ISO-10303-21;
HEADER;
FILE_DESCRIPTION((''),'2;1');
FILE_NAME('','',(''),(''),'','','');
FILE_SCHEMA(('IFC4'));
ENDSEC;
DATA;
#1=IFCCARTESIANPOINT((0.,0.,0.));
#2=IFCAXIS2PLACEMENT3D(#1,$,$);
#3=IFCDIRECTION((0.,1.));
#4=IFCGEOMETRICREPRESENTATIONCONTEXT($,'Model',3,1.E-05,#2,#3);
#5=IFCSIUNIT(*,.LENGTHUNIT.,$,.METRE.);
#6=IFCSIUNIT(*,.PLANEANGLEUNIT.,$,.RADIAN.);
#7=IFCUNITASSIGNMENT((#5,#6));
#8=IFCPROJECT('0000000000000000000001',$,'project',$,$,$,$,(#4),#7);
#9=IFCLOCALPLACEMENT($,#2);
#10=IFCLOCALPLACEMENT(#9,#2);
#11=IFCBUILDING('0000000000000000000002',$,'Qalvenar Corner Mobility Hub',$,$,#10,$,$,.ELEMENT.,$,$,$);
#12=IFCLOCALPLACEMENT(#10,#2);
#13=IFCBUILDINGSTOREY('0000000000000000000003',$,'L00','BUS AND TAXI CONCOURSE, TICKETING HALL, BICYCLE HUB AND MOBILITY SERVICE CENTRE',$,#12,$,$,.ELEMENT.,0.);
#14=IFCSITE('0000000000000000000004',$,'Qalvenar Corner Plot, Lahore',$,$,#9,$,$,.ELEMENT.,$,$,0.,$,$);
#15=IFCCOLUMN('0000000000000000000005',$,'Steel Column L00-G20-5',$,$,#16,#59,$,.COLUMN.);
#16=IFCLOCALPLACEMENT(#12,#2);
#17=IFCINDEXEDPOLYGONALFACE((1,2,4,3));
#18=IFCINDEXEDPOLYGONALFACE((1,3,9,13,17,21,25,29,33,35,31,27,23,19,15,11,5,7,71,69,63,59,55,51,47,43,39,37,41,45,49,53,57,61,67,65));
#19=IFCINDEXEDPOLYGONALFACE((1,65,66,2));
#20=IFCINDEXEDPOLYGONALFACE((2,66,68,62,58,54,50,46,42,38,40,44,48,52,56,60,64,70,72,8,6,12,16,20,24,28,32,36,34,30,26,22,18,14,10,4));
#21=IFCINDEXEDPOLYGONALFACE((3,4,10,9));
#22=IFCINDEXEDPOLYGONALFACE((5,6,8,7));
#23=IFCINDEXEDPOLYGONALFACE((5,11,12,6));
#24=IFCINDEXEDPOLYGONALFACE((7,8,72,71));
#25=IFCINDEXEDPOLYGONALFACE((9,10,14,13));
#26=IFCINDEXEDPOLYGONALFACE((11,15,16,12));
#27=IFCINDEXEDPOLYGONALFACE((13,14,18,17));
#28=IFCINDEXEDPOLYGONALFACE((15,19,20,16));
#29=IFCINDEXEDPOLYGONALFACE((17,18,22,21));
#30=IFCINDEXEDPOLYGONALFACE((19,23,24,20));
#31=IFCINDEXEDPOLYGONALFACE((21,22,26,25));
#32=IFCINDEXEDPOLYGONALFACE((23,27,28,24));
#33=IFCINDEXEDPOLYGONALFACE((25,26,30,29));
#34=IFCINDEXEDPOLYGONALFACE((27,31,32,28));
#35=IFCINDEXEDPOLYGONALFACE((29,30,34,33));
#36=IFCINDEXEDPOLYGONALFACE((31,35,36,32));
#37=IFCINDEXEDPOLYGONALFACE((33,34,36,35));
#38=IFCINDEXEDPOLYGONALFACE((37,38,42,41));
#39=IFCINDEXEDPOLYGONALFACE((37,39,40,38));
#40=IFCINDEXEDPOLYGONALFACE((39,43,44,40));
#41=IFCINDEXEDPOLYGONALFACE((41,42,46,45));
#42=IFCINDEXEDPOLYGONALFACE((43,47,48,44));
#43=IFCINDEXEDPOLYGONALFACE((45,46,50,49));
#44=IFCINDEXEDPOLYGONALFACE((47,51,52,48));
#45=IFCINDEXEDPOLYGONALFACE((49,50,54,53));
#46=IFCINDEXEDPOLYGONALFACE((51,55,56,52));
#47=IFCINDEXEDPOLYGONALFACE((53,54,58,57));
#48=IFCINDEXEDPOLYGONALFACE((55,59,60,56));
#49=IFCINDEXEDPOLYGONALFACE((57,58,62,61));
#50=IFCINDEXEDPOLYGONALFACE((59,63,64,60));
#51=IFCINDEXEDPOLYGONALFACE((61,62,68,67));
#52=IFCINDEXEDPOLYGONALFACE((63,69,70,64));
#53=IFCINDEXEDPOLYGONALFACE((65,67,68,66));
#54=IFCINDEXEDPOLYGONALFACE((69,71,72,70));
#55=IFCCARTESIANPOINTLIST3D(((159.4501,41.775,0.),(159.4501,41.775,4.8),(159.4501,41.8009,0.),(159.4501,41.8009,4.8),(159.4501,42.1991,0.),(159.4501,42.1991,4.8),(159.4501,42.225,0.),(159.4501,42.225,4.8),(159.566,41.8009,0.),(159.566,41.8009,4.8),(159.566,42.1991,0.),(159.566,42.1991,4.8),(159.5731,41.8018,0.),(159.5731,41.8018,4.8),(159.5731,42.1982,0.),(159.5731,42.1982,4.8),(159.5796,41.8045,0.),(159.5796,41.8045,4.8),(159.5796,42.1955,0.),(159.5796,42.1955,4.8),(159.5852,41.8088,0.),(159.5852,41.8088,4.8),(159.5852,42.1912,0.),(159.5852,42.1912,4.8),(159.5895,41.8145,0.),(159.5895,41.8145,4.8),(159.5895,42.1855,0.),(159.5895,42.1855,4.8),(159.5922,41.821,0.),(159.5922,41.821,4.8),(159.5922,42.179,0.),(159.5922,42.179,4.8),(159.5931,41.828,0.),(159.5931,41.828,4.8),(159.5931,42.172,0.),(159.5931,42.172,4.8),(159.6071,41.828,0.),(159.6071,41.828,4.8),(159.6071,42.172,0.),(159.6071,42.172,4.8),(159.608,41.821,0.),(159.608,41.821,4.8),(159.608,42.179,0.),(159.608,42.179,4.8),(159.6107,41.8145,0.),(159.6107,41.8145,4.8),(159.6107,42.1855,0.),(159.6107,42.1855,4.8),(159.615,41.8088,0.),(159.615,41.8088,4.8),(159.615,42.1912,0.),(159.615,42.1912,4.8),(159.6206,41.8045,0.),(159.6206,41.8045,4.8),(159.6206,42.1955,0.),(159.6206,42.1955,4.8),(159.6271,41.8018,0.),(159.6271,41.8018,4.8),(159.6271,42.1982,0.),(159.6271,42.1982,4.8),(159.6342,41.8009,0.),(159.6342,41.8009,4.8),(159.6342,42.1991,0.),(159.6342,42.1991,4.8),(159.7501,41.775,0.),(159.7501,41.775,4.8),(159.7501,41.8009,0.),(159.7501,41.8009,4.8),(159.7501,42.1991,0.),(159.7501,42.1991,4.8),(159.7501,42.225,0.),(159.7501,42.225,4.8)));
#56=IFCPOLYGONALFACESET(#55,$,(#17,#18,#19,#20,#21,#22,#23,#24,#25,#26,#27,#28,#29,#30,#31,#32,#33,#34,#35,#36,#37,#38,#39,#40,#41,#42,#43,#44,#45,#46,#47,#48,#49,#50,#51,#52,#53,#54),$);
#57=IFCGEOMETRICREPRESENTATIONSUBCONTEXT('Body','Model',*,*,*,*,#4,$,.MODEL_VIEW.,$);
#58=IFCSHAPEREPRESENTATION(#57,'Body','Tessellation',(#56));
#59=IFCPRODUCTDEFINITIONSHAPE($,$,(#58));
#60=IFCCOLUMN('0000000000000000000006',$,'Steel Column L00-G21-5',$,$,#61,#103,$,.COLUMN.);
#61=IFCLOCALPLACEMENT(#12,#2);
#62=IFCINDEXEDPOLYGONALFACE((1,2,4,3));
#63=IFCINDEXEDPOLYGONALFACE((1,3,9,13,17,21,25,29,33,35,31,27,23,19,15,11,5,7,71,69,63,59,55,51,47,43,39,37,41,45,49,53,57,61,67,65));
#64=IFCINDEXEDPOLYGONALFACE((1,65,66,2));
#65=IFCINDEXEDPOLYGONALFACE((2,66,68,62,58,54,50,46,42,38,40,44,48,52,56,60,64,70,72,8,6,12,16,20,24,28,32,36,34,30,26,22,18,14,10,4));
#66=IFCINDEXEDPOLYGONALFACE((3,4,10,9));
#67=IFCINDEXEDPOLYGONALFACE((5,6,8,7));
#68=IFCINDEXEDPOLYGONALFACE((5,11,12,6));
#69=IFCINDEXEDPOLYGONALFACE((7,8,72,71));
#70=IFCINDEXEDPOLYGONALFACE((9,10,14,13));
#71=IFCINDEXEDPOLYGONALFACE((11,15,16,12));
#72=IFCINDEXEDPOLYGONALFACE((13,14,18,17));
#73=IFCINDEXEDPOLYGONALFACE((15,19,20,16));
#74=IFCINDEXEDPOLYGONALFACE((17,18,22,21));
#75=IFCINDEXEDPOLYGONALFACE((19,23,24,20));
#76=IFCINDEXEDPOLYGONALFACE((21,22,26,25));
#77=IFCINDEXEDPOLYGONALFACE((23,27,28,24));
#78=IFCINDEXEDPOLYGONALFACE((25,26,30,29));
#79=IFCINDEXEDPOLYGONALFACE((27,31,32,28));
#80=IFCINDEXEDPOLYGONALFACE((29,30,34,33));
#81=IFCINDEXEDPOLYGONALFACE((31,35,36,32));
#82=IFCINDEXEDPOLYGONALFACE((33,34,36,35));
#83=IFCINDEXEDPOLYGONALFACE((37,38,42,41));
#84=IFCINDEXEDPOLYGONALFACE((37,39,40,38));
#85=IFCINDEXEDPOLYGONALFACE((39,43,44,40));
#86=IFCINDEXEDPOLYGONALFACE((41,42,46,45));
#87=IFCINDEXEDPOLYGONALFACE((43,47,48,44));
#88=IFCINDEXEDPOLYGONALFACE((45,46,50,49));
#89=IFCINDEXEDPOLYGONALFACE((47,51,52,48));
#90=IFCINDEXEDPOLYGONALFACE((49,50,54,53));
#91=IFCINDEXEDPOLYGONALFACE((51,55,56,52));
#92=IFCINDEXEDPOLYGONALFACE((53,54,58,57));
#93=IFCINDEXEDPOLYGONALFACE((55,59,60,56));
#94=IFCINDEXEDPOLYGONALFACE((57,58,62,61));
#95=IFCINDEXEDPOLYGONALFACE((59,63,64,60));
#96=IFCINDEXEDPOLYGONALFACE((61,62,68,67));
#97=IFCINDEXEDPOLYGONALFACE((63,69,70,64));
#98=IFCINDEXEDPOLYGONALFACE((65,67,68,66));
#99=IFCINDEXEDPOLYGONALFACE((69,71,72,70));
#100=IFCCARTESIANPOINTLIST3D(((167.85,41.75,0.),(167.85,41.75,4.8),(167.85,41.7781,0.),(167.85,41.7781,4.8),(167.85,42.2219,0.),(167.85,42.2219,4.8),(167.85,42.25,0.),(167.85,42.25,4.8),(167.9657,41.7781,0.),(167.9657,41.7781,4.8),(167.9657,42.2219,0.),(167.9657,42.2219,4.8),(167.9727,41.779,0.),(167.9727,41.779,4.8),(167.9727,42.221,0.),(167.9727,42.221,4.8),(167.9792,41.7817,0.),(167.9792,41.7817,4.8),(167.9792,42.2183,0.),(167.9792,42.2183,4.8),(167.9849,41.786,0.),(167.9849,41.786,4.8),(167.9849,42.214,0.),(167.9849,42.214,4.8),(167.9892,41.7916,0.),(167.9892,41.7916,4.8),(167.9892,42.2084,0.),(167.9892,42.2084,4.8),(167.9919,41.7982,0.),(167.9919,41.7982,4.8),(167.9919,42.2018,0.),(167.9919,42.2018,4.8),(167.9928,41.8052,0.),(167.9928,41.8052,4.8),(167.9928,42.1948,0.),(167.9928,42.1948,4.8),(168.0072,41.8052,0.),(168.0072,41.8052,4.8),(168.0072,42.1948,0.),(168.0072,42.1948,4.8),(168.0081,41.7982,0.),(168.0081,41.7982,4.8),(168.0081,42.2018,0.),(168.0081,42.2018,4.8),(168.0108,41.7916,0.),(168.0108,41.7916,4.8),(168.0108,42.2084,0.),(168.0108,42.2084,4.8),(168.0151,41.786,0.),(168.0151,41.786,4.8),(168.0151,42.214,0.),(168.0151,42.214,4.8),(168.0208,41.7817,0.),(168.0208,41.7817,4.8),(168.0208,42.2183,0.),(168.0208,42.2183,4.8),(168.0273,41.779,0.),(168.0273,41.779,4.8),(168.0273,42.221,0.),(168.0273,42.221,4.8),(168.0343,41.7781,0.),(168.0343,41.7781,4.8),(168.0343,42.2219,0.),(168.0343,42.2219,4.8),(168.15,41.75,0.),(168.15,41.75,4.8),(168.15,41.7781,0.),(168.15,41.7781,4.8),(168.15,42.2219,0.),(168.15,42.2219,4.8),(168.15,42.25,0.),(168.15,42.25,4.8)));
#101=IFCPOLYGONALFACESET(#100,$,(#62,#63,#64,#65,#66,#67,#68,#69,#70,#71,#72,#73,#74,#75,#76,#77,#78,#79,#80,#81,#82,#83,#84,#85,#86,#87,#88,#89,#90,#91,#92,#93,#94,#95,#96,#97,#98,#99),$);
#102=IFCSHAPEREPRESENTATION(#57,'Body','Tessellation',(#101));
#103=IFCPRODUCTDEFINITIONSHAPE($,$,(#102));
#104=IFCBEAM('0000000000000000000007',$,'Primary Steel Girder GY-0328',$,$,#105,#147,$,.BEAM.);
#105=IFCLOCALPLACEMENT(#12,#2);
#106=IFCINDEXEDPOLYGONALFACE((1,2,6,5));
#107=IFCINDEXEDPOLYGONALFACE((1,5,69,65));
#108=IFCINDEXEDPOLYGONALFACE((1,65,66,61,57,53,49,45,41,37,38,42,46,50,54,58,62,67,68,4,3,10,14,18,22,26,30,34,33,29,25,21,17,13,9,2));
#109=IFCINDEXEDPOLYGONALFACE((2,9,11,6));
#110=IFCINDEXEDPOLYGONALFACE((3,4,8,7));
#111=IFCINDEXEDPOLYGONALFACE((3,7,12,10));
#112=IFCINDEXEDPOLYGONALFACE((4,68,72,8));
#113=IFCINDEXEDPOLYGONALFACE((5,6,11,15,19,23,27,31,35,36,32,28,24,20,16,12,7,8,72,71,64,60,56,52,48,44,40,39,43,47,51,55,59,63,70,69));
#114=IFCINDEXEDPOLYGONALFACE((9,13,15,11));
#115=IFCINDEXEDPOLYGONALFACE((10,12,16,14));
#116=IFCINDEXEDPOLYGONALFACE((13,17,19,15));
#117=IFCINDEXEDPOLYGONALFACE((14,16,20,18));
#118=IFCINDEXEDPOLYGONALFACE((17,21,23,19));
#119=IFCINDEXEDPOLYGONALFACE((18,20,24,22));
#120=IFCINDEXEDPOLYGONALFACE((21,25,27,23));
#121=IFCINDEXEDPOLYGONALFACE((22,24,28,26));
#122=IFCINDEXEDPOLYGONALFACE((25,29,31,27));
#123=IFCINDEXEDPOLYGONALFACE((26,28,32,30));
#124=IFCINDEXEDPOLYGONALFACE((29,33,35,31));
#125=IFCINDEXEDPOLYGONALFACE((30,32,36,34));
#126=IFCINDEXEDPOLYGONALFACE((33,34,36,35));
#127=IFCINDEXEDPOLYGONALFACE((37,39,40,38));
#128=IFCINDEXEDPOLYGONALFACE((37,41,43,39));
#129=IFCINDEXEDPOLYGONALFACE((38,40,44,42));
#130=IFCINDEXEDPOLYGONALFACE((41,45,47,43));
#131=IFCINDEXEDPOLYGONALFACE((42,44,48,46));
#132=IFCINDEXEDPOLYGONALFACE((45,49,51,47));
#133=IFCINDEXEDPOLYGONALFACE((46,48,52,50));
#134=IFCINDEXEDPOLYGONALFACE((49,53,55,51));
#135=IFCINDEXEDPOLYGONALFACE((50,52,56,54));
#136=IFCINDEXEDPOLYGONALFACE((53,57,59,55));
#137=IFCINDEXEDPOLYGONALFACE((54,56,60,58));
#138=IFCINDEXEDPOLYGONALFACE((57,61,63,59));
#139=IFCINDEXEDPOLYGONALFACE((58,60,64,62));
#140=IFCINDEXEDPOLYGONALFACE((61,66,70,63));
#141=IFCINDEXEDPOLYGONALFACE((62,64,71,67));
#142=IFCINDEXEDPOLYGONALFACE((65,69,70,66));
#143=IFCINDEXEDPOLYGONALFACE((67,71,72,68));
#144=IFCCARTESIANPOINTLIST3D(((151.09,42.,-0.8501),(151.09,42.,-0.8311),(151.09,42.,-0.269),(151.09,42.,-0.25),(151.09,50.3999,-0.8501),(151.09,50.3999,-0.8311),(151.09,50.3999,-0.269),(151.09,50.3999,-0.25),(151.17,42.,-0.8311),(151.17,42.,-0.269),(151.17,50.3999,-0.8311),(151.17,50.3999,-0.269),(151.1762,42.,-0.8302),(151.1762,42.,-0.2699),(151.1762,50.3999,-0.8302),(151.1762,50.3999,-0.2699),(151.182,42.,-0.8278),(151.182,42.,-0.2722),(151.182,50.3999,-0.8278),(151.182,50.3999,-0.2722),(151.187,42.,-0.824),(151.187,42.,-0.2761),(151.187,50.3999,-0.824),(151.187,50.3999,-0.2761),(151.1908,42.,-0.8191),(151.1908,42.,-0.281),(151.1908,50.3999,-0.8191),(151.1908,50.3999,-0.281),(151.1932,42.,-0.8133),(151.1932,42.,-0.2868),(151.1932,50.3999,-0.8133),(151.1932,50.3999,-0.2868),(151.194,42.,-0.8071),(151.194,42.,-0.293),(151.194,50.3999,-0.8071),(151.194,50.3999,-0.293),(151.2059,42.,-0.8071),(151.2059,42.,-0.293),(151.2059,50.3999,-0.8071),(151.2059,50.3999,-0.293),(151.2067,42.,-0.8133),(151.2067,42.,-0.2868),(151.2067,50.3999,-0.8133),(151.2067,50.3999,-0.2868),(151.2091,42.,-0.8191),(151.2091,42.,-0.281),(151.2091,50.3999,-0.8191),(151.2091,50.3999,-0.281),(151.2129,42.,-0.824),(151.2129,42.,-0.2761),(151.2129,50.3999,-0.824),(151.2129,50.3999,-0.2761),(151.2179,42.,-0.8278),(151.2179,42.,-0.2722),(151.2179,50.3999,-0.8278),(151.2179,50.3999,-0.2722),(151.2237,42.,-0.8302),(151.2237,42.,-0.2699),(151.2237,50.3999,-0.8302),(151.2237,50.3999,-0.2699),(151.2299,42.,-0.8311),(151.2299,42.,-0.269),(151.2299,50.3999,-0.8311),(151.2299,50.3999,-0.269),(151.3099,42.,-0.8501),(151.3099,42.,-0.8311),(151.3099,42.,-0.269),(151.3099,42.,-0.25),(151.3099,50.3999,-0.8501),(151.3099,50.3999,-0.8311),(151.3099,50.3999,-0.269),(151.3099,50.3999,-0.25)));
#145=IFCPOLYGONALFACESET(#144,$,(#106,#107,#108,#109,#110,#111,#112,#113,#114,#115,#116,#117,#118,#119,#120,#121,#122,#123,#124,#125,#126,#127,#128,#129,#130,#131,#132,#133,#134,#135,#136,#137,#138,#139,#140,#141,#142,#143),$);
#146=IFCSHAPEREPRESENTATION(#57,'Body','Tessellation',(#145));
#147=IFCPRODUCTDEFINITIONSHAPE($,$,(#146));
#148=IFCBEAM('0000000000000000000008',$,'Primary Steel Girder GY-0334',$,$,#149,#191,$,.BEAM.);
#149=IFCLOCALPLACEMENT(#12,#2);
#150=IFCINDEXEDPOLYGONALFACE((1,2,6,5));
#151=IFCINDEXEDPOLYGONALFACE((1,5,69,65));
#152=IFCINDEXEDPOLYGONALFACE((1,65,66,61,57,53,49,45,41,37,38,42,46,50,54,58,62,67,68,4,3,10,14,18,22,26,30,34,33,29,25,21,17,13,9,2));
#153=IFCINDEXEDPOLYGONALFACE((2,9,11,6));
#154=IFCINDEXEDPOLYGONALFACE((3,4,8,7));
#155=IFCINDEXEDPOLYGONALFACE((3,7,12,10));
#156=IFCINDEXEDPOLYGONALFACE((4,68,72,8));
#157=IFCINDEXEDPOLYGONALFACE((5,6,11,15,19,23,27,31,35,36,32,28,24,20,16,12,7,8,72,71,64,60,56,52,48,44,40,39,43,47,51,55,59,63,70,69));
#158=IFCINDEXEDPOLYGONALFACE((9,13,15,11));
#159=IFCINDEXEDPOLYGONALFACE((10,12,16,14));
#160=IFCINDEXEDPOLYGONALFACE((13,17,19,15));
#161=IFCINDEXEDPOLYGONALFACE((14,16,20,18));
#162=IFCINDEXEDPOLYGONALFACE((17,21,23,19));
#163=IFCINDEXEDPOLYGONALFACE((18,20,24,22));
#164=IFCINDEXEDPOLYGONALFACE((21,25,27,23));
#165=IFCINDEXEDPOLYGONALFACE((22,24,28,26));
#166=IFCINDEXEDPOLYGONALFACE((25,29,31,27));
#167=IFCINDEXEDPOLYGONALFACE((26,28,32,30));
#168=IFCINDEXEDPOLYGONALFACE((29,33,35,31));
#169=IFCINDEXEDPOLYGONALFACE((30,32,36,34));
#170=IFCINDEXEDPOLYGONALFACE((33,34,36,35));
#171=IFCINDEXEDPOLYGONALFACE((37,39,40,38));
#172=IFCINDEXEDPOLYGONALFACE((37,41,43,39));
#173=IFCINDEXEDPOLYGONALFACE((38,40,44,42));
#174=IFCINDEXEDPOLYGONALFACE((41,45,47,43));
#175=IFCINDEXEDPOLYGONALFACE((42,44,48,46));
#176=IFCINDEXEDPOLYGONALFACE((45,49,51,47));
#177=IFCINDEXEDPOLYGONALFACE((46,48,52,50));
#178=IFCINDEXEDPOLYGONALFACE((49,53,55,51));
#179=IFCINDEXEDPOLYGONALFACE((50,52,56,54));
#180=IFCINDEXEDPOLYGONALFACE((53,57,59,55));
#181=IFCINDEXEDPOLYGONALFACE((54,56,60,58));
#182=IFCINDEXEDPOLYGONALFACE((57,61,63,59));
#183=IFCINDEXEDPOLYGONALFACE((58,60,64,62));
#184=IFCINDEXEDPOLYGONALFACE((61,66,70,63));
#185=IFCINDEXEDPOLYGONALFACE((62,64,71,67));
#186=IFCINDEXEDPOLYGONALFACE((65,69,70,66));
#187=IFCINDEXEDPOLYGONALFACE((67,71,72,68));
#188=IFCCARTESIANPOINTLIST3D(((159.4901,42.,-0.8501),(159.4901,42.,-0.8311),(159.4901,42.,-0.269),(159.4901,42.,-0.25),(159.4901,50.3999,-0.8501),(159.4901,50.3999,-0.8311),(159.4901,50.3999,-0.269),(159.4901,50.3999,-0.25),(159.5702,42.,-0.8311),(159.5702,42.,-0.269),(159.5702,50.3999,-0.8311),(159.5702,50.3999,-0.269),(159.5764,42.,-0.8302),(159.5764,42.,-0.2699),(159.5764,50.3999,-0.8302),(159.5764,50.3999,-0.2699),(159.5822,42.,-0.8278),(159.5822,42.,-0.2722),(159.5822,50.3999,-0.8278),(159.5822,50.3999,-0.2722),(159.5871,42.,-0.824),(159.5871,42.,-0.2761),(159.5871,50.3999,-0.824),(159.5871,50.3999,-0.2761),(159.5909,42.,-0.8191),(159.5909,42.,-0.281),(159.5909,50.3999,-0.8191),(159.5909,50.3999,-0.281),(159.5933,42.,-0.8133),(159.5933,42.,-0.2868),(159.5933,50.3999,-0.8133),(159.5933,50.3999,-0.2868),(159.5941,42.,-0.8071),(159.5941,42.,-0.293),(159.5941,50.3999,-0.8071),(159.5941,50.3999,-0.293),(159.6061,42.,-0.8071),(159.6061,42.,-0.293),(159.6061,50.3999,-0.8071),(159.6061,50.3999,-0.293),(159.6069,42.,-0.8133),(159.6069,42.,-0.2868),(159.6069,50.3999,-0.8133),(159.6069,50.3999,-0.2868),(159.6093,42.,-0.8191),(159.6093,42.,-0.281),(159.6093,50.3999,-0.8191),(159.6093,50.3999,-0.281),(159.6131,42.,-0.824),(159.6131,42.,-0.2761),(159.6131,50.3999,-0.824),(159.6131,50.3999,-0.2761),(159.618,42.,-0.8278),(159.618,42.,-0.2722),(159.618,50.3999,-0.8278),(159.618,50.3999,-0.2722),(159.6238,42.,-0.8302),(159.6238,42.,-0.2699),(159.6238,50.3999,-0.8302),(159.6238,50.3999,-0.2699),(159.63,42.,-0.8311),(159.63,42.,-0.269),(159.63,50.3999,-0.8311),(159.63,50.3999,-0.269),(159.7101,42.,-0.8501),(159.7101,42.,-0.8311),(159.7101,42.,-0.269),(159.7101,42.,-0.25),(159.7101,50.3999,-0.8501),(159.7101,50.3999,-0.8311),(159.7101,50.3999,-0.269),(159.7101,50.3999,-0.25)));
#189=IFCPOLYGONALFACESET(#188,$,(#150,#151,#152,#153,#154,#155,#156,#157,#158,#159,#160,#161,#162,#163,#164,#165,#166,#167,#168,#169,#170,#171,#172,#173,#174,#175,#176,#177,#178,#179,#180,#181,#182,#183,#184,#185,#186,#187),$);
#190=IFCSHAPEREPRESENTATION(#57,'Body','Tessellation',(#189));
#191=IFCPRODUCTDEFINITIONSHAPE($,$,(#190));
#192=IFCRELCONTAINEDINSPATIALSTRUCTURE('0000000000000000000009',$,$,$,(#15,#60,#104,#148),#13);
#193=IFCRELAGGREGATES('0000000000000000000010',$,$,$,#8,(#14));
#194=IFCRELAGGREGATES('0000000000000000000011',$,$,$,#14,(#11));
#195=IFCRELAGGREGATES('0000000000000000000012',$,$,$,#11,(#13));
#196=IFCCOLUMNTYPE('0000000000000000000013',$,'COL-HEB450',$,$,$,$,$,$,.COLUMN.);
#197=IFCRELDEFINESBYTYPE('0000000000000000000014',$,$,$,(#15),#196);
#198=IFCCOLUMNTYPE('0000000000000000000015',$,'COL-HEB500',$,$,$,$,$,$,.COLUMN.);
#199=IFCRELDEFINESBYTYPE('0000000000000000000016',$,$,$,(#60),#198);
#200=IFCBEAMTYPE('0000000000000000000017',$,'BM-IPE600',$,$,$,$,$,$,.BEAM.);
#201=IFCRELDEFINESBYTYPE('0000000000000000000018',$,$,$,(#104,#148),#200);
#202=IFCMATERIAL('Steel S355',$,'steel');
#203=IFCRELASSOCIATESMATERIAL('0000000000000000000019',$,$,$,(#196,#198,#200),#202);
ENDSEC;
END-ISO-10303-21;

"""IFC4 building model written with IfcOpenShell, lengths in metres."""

from ifc_helpers import new_model, si_unit, direction, frame, origin, origin_2d, place, context, subcontext, project, spatial, i_section, extrude, material, material_profile, profile_set, type_object, element, save


model = new_model("IFC4")

# Units and contexts
model_context = context("Model", 3, precision=1e-05, world=origin(), true_north=direction((0.0, 1.0)))
body_context = subcontext(model_context, "Body", "Model", "MODEL_VIEW")
ifc_project = project(units=[si_unit("LENGTHUNIT", "METRE"), si_unit("PLANEANGLEUNIT", "RADIAN")], contexts=[model_context])

# Site, building, storey
site_placement = place(None, origin())
site = spatial("IfcSite", under=ifc_project, at=site_placement, Name="Qalvenar Corner Plot, Lahore", CompositionType="ELEMENT", RefElevation=0.0)
building_placement = place(site_placement, origin())
building = spatial("IfcBuilding", under=site, at=building_placement, Name="Qalvenar Corner Mobility Hub", CompositionType="ELEMENT")
storey_placement = place(building_placement, origin())
storey = spatial("IfcBuildingStorey", under=building, at=storey_placement, Name="L00", Description="BUS AND TAXI CONCOURSE, TICKETING HALL, BICYCLE HUB AND MOBILITY SERVICE CENTRE", CompositionType="ELEMENT", Elevation=0.0)

# Columns
ifc_material_1 = material(Name="Steel S355", Category="steel")
ifc_material_profile_1 = material_profile(ifc_material_1, i_section(OverallWidth=0.3, OverallDepth=0.45, WebThickness=0.0139, FlangeThickness=0.0259, FilletRadius=0.0271, at=origin_2d()), Name="HEB450")
ifc_profile_set_1 = profile_set([ifc_material_profile_1], Name="Steel S355")
column_type_1 = type_object("IfcColumnType", Name="COL-HEB450", PredefinedType="COLUMN", material=ifc_profile_set_1)
column_1_placement = place(storey_placement, frame((159.6001, 42.0, 0.0), z_axis=(0.0, 0.0, 1.0), x_axis=(1.0, 0.0, 0.0)))
element("IfcColumn", 1, at=column_1_placement, inside=storey, type_object=column_type_1, Name="Steel Column L00-G20-5", PredefinedType="COLUMN", context=body_context, shape_type="SweptSolid", body=[
    extrude(i_section(OverallWidth=0.3, OverallDepth=0.45, WebThickness=0.0139, FlangeThickness=0.0259, FilletRadius=0.0271, at=origin_2d()), origin(), (0.0, 0.0, 1.0), 4.8),
])
ifc_material_profile_2 = material_profile(ifc_material_1, i_section(OverallWidth=0.3, OverallDepth=0.5, WebThickness=0.0144, FlangeThickness=0.0281, FilletRadius=0.0271, at=origin_2d()), Name="HEB500")
ifc_profile_set_2 = profile_set([ifc_material_profile_2], Name="Steel S355")
column_type_2 = type_object("IfcColumnType", Name="COL-HEB500", PredefinedType="COLUMN", material=ifc_profile_set_2)
column_2_placement = place(storey_placement, frame((168.0, 42.0, 0.0), z_axis=(0.0, 0.0, 1.0), x_axis=(1.0, 0.0, 0.0)))
element("IfcColumn", 2, at=column_2_placement, inside=storey, type_object=column_type_2, Name="Steel Column L00-G21-5", PredefinedType="COLUMN", context=body_context, shape_type="SweptSolid", body=[
    extrude(i_section(OverallWidth=0.3, OverallDepth=0.5, WebThickness=0.0144, FlangeThickness=0.0281, FilletRadius=0.0271, at=origin_2d()), origin(), (0.0, 0.0, 1.0), 4.8),
])

# Beams
ifc_material_profile_3 = material_profile(ifc_material_1, i_section(OverallWidth=0.22, OverallDepth=0.6001, WebThickness=0.012, FlangeThickness=0.019, FilletRadius=0.0239, at=origin_2d()), Name="IPE600")
ifc_profile_set_3 = profile_set([ifc_material_profile_3], Name="Steel S355")
beam_type_1 = type_object("IfcBeamType", Name="BM-IPE600", PredefinedType="BEAM", material=ifc_profile_set_3)
for number, where, z_axis, x_axis, name in (
    (3, (151.2, 42.0, -0.55), (0.0, 1.0, 0.0), (-1.0, 0.0, 0.0), "Primary Steel Girder GY-0328"),
    (4, (159.6001, 42.0, -0.55), (0.0, 1.0, 0.0), (-1.0, 0.0, 0.0), "Primary Steel Girder GY-0334"),
):
    element("IfcBeam", number, at=place(storey_placement, frame(where, z_axis=z_axis, x_axis=x_axis)), inside=storey, type_object=beam_type_1, Name=name, PredefinedType="BEAM", context=body_context, shape_type="SweptSolid", body=[
        extrude(i_section(OverallWidth=0.22, OverallDepth=0.6001, WebThickness=0.012, FlangeThickness=0.019, FilletRadius=0.0239, at=origin_2d()), origin(), (0.0, 0.0, 1.0), 8.3999),
    ])

save(model, "model.ifc")
